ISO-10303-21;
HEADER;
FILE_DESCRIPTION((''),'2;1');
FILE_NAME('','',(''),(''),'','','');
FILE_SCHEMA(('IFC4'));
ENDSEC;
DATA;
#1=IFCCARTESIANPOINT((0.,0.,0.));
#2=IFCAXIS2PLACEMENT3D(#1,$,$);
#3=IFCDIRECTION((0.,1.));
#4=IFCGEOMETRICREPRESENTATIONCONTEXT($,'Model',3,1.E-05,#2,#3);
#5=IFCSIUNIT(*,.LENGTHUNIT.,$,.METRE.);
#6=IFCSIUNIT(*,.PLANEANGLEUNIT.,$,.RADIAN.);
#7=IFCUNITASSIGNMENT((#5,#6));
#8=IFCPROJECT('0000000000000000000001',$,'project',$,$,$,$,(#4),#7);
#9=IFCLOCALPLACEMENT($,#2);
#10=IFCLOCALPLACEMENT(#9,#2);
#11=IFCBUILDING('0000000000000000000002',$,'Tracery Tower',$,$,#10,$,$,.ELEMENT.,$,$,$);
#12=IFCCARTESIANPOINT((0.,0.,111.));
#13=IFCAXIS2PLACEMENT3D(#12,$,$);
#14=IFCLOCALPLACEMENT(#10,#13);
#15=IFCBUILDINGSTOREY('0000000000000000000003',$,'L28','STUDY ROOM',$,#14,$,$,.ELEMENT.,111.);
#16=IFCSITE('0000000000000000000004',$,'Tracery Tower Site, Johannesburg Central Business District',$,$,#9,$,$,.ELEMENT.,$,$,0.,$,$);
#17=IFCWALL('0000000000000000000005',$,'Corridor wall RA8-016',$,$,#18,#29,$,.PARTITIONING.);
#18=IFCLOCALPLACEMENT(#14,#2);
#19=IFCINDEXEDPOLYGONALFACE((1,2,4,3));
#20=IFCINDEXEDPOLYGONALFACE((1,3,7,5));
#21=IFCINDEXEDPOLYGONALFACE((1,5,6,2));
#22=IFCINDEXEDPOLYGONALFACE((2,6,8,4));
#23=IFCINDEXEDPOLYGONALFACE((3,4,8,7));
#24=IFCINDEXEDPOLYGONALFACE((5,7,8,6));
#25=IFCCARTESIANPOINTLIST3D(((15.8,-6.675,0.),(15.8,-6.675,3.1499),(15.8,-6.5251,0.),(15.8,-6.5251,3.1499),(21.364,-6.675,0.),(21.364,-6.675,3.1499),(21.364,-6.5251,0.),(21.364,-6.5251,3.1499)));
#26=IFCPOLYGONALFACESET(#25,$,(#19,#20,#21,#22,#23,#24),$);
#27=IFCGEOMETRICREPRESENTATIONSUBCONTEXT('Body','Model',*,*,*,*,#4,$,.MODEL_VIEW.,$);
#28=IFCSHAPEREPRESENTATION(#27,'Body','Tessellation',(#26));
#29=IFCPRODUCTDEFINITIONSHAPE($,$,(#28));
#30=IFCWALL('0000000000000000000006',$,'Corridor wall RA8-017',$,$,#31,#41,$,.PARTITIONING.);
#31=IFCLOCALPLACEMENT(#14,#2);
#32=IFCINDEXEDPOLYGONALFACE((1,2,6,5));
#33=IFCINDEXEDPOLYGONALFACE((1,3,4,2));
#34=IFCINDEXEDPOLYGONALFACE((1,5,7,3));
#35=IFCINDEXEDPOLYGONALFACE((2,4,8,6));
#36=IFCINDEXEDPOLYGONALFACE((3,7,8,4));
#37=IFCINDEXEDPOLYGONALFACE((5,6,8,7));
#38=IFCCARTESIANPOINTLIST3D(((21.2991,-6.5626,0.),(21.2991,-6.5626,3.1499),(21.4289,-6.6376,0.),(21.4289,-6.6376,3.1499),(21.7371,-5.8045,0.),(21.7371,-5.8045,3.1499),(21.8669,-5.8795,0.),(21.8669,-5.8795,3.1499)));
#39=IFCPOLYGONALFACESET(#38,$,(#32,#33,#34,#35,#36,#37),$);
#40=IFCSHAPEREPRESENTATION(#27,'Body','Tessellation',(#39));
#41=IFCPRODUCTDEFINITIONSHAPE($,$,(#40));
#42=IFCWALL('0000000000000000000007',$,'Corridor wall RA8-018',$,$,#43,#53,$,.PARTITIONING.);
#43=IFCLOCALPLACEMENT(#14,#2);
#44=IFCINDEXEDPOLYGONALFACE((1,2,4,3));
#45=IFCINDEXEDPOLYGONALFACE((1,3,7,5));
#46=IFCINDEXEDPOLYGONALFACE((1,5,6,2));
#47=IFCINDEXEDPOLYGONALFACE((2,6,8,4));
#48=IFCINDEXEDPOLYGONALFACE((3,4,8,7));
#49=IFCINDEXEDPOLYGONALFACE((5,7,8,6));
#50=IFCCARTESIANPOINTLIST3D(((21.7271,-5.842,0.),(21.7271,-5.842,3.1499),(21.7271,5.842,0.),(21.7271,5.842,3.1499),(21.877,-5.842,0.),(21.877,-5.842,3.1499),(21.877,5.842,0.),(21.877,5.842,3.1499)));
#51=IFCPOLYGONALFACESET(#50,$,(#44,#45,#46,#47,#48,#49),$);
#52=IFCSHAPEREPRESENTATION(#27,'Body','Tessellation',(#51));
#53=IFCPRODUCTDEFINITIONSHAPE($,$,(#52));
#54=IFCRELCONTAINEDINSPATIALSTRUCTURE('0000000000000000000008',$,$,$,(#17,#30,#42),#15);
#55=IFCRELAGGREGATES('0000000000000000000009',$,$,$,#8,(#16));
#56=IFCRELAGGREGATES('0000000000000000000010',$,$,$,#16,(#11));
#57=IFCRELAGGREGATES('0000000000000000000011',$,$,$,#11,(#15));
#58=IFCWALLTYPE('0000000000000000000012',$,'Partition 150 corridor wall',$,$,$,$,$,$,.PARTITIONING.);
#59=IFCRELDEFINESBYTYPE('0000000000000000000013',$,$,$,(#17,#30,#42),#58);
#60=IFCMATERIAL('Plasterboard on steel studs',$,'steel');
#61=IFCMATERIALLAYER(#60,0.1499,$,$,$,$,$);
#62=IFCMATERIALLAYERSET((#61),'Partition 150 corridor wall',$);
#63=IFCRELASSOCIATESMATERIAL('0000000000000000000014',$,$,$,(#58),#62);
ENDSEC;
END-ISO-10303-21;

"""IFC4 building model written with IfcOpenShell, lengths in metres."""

from ifc_helpers import new_model, si_unit, direction, frame, frame_2d, origin, place, context, subcontext, project, spatial, rectangle, extrude, material, layer, layer_set, type_object, element, save


model = new_model("IFC4")

# Units and contexts
model_context = context("Model", 3, precision=1e-05, world=origin(), true_north=direction((0.0, 1.0)))
body_context = subcontext(model_context, "Body", "Model", "MODEL_VIEW")
ifc_project = project(units=[si_unit("LENGTHUNIT", "METRE"), si_unit("PLANEANGLEUNIT", "RADIAN")], contexts=[model_context])

# Site, building, storey
site_placement = place(None, origin())
site = spatial("IfcSite", under=ifc_project, at=site_placement, Name="Tracery Tower Site, Johannesburg Central Business District", CompositionType="ELEMENT", RefElevation=0.0)
building_placement = place(site_placement, origin())
building = spatial("IfcBuilding", under=site, at=building_placement, Name="Tracery Tower", CompositionType="ELEMENT")
storey_placement = place(building_placement, frame((0.0, 0.0, 111.0)))
storey = spatial("IfcBuildingStorey", under=building, at=storey_placement, Name="L28", Description="STUDY ROOM", CompositionType="ELEMENT", Elevation=111.0)

# Shared definitions
ifc_material_1 = material(Name="Plasterboard on steel studs", Category="steel")
ifc_layer_1 = layer(ifc_material_1, 0.1499)
ifc_layer_set_1 = layer_set([ifc_layer_1], Name="Partition 150 corridor wall")
wall_type_1 = type_object("IfcWallType", Name="Partition 150 corridor wall", PredefinedType="PARTITIONING", material=ifc_layer_set_1)

# Walls
wall_1_placement = place(storey_placement, frame((15.8, -6.6001, 0.0), z_axis=(0.0, 0.0, 1.0), x_axis=(1.0, 0.0, 0.0)))
element("IfcWall", 1, at=wall_1_placement, inside=storey, type_object=wall_type_1, Name="Corridor wall RA8-016", PredefinedType="PARTITIONING", context=body_context, shape_type="SweptSolid", body=[
    extrude(rectangle(XDim=5.564, YDim=0.1499, at=frame_2d((2.782, 0.0))), origin(), (0.0, 0.0, 1.0), 3.1499),
])
wall_2_placement = place(storey_placement, frame((21.364, -6.6001, 0.0), z_axis=(0.0, 0.0, 1.0), x_axis=(0.500278, 0.865865, 0.0)))
element("IfcWall", 2, at=wall_2_placement, inside=storey, type_object=wall_type_1, Name="Corridor wall RA8-017", PredefinedType="PARTITIONING", context=body_context, shape_type="SweptSolid", body=[
    extrude(rectangle(XDim=0.8755, YDim=0.1499, at=frame_2d((0.4377, 0.0))), origin(), (0.0, 0.0, 1.0), 3.1499),
])
wall_3_placement = place(storey_placement, frame((21.802, -5.842, 0.0), z_axis=(0.0, 0.0, 1.0), x_axis=(0.0, 1.0, 0.0)))
element("IfcWall", 3, at=wall_3_placement, inside=storey, type_object=wall_type_1, Name="Corridor wall RA8-018", PredefinedType="PARTITIONING", context=body_context, shape_type="SweptSolid", body=[
    extrude(rectangle(XDim=11.6841, YDim=0.1499, at=frame_2d((5.842, 0.0))), origin(), (0.0, 0.0, 1.0), 3.1499),
])

save(model, "model.ifc")
